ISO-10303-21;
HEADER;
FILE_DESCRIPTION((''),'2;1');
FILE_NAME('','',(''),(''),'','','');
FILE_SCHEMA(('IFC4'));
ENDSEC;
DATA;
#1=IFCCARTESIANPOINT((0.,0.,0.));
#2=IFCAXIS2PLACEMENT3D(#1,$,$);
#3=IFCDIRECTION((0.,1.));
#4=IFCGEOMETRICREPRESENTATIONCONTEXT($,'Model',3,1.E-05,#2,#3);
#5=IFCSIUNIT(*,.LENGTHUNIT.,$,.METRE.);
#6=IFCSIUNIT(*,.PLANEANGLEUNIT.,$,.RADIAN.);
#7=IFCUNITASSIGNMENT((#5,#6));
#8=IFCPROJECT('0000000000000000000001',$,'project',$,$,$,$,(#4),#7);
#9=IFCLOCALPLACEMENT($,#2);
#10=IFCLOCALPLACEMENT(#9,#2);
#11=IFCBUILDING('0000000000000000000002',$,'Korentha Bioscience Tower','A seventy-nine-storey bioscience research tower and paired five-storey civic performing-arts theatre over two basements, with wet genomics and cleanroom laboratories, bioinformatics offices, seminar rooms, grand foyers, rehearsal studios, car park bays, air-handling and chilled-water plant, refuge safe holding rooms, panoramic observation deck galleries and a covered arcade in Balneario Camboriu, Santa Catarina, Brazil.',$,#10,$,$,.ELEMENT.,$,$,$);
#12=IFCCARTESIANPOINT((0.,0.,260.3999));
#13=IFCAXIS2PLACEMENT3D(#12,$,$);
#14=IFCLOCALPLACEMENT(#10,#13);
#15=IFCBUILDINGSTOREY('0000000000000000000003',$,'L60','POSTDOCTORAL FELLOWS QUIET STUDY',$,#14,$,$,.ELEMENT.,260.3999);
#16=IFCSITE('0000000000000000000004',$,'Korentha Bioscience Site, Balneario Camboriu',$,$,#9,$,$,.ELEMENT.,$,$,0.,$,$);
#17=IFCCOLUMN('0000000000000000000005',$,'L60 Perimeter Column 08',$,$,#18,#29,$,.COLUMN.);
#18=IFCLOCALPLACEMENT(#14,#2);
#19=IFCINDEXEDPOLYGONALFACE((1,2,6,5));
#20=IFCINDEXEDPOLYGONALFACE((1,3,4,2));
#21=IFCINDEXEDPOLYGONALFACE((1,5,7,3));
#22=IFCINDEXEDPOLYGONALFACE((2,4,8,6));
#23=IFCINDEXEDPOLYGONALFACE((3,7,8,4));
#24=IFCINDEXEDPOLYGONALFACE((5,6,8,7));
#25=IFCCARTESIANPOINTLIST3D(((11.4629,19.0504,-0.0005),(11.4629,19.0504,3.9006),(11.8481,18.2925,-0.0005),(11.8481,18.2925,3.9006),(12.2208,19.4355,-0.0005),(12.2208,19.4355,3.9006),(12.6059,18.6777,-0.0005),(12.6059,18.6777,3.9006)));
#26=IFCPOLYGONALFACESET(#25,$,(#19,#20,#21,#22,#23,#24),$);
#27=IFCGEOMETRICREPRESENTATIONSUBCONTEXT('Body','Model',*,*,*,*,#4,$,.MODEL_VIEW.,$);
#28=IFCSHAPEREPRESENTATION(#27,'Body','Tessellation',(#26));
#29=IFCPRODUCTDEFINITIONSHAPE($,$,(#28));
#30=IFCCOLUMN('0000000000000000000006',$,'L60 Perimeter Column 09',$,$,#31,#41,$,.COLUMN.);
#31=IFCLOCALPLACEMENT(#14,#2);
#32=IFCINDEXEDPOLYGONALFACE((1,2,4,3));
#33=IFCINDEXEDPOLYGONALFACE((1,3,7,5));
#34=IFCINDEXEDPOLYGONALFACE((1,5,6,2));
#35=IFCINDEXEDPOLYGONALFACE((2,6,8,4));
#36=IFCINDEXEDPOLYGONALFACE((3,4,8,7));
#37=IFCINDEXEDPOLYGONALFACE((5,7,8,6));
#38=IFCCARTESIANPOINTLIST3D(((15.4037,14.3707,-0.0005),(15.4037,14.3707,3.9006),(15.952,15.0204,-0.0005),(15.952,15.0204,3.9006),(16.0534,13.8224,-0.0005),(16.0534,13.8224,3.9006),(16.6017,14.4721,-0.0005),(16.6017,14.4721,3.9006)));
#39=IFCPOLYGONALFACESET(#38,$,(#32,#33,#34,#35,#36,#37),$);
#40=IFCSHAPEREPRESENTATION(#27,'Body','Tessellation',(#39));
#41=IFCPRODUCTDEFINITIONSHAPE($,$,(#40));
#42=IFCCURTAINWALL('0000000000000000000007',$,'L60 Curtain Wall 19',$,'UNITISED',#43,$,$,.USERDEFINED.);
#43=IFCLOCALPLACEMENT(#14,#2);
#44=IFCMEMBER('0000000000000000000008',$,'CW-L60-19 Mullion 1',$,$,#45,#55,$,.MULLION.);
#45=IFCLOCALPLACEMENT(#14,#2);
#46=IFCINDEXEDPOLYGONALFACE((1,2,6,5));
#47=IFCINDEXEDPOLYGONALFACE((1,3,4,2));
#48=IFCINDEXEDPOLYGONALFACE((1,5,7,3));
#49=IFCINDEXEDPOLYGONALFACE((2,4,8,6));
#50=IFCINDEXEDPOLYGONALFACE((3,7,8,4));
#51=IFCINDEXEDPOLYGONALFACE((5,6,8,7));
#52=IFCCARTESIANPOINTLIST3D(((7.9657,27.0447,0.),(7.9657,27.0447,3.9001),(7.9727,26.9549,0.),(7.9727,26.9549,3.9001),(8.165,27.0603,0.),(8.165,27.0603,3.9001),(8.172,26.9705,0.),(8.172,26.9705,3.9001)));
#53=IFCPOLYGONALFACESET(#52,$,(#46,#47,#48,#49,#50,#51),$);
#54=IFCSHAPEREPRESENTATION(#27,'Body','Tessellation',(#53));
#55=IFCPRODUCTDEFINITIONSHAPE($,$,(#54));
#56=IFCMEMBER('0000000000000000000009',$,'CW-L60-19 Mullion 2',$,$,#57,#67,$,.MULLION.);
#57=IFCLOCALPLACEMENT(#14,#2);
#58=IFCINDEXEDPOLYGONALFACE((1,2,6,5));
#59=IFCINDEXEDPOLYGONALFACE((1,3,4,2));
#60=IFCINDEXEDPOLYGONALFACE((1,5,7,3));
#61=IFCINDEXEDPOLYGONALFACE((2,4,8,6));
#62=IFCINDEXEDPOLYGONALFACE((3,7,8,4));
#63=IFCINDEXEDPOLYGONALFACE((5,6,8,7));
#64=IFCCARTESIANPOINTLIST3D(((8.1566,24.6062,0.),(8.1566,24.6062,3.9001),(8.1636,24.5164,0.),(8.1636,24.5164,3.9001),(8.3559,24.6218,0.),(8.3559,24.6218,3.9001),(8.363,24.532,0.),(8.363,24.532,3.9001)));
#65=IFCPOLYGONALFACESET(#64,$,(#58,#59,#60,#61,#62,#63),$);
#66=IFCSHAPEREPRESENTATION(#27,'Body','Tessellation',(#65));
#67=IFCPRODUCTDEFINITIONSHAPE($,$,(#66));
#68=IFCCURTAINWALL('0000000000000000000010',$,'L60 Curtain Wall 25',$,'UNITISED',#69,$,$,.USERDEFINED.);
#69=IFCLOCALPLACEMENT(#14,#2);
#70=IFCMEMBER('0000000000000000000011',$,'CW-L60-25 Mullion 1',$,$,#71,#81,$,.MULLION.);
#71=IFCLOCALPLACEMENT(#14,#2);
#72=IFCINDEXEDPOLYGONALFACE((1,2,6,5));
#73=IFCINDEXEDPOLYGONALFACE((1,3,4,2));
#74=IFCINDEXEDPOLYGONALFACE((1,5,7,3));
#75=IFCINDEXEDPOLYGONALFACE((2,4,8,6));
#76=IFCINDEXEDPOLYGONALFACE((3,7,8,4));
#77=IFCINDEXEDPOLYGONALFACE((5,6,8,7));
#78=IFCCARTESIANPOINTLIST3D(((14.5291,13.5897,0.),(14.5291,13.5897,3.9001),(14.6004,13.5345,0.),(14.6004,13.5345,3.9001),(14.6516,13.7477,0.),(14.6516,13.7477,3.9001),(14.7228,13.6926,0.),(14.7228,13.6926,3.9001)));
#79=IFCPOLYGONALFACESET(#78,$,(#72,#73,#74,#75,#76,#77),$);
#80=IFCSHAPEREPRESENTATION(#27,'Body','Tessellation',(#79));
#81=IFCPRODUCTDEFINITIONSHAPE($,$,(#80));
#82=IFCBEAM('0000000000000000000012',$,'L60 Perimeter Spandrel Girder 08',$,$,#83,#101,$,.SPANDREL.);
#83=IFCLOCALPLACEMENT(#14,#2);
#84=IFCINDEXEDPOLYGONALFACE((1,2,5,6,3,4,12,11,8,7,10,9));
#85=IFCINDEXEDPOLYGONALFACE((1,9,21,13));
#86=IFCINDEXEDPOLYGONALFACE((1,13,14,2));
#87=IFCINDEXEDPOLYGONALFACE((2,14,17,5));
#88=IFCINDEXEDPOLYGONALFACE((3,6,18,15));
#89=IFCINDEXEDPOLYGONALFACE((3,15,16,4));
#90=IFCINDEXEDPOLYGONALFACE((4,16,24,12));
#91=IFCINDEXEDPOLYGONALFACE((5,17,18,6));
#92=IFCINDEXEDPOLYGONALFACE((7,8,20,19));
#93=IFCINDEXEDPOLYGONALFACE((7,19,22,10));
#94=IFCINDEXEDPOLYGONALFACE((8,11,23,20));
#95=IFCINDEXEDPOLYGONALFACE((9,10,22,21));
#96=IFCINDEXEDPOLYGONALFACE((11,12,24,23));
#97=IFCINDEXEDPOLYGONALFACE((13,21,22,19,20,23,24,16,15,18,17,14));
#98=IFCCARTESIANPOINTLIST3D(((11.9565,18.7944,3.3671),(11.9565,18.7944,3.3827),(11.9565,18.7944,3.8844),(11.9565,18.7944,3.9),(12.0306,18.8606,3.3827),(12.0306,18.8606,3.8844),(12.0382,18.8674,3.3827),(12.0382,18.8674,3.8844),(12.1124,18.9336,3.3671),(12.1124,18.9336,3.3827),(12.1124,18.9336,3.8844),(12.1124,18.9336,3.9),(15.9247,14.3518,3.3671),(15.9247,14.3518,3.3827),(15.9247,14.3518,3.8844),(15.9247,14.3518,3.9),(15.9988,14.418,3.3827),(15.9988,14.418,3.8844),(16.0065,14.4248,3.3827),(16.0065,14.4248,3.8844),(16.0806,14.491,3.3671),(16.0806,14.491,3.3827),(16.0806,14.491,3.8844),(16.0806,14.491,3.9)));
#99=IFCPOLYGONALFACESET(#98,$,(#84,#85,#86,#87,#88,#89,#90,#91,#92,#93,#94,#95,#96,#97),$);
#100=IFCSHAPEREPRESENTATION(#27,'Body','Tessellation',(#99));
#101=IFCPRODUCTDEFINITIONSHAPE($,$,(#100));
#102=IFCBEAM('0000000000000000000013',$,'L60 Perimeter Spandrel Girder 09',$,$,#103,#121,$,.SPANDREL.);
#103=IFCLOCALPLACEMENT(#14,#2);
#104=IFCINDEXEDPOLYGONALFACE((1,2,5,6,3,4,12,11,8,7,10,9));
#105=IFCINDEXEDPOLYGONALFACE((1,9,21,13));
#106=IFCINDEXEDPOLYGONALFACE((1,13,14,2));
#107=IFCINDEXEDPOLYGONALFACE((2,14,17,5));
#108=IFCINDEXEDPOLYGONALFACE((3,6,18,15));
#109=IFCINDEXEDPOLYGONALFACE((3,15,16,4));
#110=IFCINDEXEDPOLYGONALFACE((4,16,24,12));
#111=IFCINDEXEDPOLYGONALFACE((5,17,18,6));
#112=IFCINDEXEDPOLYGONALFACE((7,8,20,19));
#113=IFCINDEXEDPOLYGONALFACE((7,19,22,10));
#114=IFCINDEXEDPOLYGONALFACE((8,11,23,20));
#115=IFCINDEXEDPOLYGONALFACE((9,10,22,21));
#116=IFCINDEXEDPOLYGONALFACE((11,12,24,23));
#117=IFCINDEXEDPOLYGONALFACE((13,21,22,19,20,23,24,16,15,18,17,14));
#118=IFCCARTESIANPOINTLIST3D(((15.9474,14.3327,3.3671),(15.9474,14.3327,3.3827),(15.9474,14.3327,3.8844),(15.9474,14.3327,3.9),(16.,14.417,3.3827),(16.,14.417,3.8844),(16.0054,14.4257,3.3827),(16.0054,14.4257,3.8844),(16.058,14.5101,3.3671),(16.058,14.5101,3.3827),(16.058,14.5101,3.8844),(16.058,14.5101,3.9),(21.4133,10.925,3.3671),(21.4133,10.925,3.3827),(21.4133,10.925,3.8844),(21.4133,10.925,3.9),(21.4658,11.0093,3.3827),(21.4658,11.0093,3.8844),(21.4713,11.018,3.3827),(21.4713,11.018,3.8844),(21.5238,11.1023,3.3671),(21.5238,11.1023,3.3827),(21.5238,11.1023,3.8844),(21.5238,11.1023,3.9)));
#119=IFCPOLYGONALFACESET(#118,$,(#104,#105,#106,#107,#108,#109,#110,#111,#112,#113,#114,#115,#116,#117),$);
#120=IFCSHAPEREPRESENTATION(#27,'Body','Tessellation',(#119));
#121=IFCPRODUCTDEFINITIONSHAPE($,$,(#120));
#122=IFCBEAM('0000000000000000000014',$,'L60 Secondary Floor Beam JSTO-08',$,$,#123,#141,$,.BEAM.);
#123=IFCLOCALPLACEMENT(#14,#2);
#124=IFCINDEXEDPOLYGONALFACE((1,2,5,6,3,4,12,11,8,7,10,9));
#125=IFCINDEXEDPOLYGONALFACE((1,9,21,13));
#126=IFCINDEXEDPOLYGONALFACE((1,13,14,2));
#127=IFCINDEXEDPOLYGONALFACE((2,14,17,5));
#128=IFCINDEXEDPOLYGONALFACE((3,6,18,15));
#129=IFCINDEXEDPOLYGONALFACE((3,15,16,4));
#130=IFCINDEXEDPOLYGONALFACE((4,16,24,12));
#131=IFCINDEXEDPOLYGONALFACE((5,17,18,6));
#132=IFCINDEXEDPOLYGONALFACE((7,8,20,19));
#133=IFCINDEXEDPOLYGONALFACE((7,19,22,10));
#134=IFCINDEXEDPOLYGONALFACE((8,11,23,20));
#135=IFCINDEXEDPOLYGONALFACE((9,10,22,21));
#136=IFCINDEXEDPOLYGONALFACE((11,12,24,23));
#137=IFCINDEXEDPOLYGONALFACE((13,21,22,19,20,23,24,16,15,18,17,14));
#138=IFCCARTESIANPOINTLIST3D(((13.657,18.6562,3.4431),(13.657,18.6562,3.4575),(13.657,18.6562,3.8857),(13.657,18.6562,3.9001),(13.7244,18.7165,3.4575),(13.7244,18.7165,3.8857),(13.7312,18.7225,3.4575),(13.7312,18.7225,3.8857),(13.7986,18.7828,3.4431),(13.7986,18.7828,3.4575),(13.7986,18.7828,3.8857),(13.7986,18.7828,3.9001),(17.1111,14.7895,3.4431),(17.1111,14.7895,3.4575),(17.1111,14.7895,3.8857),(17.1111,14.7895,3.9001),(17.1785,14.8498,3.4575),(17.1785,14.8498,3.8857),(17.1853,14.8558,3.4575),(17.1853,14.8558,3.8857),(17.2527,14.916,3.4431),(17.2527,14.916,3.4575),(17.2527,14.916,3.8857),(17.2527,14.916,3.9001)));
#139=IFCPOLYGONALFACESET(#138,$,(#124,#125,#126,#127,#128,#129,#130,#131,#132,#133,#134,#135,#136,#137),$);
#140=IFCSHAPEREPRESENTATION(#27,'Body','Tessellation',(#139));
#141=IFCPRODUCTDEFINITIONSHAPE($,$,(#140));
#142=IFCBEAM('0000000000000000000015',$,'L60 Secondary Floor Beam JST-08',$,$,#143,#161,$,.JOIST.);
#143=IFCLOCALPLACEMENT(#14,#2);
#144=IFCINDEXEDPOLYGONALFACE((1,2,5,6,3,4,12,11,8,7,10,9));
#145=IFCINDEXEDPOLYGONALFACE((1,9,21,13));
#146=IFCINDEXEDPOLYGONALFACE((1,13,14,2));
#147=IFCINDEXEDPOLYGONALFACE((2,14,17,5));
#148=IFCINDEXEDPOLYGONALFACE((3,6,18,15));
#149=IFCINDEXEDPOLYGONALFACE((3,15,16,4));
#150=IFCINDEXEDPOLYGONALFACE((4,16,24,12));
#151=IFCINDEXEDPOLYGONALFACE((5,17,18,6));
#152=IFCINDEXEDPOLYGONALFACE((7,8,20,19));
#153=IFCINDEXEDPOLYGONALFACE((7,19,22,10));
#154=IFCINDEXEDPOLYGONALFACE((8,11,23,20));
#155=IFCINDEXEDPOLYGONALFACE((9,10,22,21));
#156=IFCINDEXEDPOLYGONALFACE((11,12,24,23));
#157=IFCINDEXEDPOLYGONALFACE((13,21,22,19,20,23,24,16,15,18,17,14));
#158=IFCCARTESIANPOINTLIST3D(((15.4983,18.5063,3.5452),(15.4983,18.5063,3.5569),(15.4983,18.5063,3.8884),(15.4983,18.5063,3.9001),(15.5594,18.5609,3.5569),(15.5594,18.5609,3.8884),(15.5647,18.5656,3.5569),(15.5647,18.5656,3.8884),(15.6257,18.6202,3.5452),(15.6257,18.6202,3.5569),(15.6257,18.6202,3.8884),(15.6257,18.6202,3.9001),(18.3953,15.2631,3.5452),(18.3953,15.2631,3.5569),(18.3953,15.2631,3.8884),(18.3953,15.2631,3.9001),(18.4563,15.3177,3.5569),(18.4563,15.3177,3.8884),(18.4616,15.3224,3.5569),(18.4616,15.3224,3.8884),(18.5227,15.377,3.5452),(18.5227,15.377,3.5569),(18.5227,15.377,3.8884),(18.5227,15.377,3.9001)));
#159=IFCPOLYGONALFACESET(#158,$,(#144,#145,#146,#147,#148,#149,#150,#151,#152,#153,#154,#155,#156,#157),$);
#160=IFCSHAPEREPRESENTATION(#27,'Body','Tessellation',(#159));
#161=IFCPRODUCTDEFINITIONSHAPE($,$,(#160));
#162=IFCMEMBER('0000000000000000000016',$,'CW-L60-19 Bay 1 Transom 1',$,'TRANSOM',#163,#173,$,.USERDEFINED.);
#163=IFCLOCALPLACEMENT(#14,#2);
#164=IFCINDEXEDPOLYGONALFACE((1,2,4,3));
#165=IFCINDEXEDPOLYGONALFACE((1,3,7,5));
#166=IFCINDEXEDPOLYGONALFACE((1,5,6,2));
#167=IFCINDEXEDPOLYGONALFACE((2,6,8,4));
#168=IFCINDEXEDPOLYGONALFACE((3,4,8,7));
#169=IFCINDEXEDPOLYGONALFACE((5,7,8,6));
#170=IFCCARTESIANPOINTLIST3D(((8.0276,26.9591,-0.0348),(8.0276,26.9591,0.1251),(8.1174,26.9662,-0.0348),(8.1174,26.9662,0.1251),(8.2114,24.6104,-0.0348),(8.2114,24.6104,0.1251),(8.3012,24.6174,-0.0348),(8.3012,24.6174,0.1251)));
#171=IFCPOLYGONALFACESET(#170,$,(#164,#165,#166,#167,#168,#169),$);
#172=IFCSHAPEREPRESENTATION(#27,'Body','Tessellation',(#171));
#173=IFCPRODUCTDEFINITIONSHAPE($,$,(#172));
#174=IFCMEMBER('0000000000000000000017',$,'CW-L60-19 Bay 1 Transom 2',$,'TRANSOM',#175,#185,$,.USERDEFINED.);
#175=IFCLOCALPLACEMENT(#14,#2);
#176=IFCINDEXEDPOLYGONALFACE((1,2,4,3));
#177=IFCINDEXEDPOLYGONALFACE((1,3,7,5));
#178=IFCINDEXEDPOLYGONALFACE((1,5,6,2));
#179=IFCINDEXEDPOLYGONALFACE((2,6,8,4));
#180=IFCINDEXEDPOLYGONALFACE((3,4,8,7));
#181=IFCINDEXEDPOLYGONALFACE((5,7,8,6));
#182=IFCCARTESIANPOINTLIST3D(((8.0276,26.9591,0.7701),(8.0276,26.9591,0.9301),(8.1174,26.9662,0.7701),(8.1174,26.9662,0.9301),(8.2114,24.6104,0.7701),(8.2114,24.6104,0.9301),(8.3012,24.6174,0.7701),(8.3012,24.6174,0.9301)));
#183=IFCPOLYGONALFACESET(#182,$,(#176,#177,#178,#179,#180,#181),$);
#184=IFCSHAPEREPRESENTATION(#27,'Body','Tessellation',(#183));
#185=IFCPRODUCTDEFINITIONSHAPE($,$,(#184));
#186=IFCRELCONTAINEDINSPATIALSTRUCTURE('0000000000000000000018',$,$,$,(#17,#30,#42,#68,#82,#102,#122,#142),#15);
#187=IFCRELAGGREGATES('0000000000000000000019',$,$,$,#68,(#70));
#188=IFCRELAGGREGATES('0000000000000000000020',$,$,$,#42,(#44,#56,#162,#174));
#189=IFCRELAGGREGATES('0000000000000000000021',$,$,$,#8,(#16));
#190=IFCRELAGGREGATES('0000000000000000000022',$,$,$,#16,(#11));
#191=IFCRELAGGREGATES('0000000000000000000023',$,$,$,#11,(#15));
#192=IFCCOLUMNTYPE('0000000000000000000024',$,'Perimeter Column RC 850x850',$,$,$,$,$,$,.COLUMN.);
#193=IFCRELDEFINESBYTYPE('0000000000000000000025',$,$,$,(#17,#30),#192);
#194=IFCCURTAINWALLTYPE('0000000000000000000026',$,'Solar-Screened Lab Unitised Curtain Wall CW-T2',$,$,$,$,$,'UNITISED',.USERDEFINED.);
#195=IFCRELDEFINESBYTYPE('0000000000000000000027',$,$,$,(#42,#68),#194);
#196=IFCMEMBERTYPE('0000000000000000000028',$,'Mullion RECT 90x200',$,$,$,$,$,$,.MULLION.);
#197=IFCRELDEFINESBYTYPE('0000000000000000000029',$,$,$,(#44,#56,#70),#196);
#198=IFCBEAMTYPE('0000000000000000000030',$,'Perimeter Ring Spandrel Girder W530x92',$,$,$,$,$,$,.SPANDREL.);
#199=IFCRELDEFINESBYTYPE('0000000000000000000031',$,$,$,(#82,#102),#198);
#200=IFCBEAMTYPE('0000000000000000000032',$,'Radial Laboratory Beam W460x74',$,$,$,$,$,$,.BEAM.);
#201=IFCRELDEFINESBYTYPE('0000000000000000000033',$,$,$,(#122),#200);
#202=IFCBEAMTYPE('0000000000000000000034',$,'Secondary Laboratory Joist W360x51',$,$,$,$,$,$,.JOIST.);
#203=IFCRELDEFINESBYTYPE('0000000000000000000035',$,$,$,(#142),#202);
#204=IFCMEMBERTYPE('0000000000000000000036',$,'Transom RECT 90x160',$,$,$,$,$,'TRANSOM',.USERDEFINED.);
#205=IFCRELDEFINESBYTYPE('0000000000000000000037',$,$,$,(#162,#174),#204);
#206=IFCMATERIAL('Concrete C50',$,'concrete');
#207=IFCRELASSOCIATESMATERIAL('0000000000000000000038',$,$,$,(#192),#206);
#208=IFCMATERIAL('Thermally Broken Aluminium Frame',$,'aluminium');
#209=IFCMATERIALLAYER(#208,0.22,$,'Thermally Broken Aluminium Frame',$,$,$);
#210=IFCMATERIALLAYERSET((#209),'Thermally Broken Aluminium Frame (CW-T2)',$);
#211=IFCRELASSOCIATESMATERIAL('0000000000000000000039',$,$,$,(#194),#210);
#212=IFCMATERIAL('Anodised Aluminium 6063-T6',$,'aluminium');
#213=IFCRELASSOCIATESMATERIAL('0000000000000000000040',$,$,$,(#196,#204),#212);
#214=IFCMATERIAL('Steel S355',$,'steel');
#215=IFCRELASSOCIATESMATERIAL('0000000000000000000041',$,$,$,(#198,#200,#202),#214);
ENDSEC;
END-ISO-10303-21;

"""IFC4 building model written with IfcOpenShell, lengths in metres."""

from ifc_helpers import new_model, si_unit, direction, frame, origin, origin_2d, place, context, subcontext, project, spatial, rectangle, i_section, extrude, material, layer, layer_set, material_profile, profile_set, type_object, element, aggregate, save


model = new_model("IFC4")

# Units and contexts
model_context = context("Model", 3, precision=1e-05, world=origin(), true_north=direction((0.0, 1.0)))
body_context = subcontext(model_context, "Body", "Model", "MODEL_VIEW")
ifc_project = project(units=[si_unit("LENGTHUNIT", "METRE"), si_unit("PLANEANGLEUNIT", "RADIAN")], contexts=[model_context])

# Site, building, storey
site_placement = place(None, origin())
site = spatial("IfcSite", under=ifc_project, at=site_placement, Name="Korentha Bioscience Site, Balneario Camboriu", CompositionType="ELEMENT", RefElevation=0.0)
building_placement = place(site_placement, origin())
building = spatial("IfcBuilding", under=site, at=building_placement, Name="Korentha Bioscience Tower", Description="A seventy-nine-storey bioscience research tower and paired five-storey civic performing-arts theatre over two basements, with wet genomics and cleanroom laboratories, bioinformatics offices, seminar rooms, grand foyers, rehearsal studios, car park bays, air-handling and chilled-water plant, refuge safe holding rooms, panoramic observation deck galleries and a covered arcade in Balneario Camboriu, Santa Catarina, Brazil.", CompositionType="ELEMENT")
storey_placement = place(building_placement, frame((0.0, 0.0, 260.3999)))
storey = spatial("IfcBuildingStorey", under=building, at=storey_placement, Name="L60", Description="POSTDOCTORAL FELLOWS QUIET STUDY", CompositionType="ELEMENT", Elevation=260.3999)

# Columns
ifc_material_1 = material(Name="Concrete C50", Category="concrete")
ifc_material_profile_1 = material_profile(ifc_material_1, rectangle(XDim=0.8501, YDim=0.8501, at=origin_2d()), Name="Concrete C50")
ifc_profile_set_1 = profile_set([ifc_material_profile_1], Name="Concrete C50 (COL-P08)")
column_type = type_object("IfcColumnType", Name="Perimeter Column RC 850x850", PredefinedType="COLUMN", material=ifc_profile_set_1)
for number, where, z_axis, x_axis, name in (
    (1, (12.0344, 18.864, -0.0005), (0.0, 0.0, 1.0), (-0.453057, 0.891481, 0.0), "L60 Perimeter Column 08"),
    (2, (16.0027, 14.4214, -0.0005), (0.0, 0.0, 1.0), (-0.764246, 0.644924, 0.0), "L60 Perimeter Column 09"),
):
    element("IfcColumn", number, at=place(storey_placement, frame(where, z_axis=z_axis, x_axis=x_axis)), inside=storey, type_object=column_type, Name=name, PredefinedType="COLUMN", context=body_context, shape_type="SweptSolid", body=[
        extrude(rectangle(XDim=0.8501, YDim=0.8501, at=origin_2d()), origin(), (0.0, 0.0, 1.0), 3.9011),
    ])

# Curtain wall, members
ifc_material_2 = material(Name="Thermally Broken Aluminium Frame", Category="aluminium")
ifc_layer_1 = layer(ifc_material_2, 0.22, Name="Thermally Broken Aluminium Frame")
ifc_layer_set_1 = layer_set([ifc_layer_1], Name="Thermally Broken Aluminium Frame (CW-T2)")
curtain_wall_type = type_object("IfcCurtainWallType", Name="Solar-Screened Lab Unitised Curtain Wall CW-T2", ElementType="UNITISED", PredefinedType="USERDEFINED", material=ifc_layer_set_1)
curtain_wall_1_placement = place(storey_placement, origin())
curtain_wall_1 = element("IfcCurtainWall", 3, at=curtain_wall_1_placement, inside=storey, type_object=curtain_wall_type, Name="L60 Curtain Wall 19", ObjectType="UNITISED", PredefinedType="USERDEFINED")
ifc_material_3 = material(Name="Anodised Aluminium 6063-T6", Category="aluminium")
ifc_material_profile_2 = material_profile(ifc_material_3, rectangle(XDim=0.0901, YDim=0.2, at=origin_2d()), Name="Anodised Aluminium 6063-T6")
ifc_profile_set_2 = profile_set([ifc_material_profile_2], Name="Anodised Aluminium 6063-T6 (CW-MUL)")
member_type_1 = type_object("IfcMemberType", Name="Mullion RECT 90x200", PredefinedType="MULLION", material=ifc_profile_set_2)
member_1_placement = place(storey_placement, frame((8.0688, 27.0076, 0.0), z_axis=(0.0, 0.0, 1.0), x_axis=(0.078035, -0.996951, 0.0)))
member_1 = element("IfcMember", 4, at=member_1_placement, type_object=member_type_1, Name="CW-L60-19 Mullion 1", PredefinedType="MULLION", context=body_context, shape_type="SweptSolid", body=[
    extrude(rectangle(XDim=0.0901, YDim=0.2, at=origin_2d()), origin(), (0.0, 0.0, 1.0), 3.9001),
])
member_2_placement = place(storey_placement, frame((8.2598, 24.5691, 0.0), z_axis=(0.0, 0.0, 1.0), x_axis=(0.078035, -0.996951, 0.0)))
member_2 = element("IfcMember", 5, at=member_2_placement, type_object=member_type_1, Name="CW-L60-19 Mullion 2", PredefinedType="MULLION", context=body_context, shape_type="SweptSolid", body=[
    extrude(rectangle(XDim=0.0901, YDim=0.2, at=origin_2d()), origin(), (0.0, 0.0, 1.0), 3.9001),
])

# Curtain wall, member
curtain_wall_2_placement = place(storey_placement, origin())
curtain_wall_2 = element("IfcCurtainWall", 6, at=curtain_wall_2_placement, inside=storey, type_object=curtain_wall_type, Name="L60 Curtain Wall 25", ObjectType="UNITISED", PredefinedType="USERDEFINED")
member_3_placement = place(storey_placement, frame((14.626, 13.6411, 0.0), z_axis=(0.0, 0.0, 1.0), x_axis=(0.790488, -0.612478, 0.0)))
member_3 = element("IfcMember", 7, at=member_3_placement, type_object=member_type_1, Name="CW-L60-25 Mullion 1", PredefinedType="MULLION", context=body_context, shape_type="SweptSolid", body=[
    extrude(rectangle(XDim=0.0901, YDim=0.2, at=origin_2d()), origin(), (0.0, 0.0, 1.0), 3.9001),
])

# Beams
ifc_material_4 = material(Name="Steel S355", Category="steel")
ifc_material_profile_3 = material_profile(ifc_material_4, i_section(OverallWidth=0.209, OverallDepth=0.533, WebThickness=0.0103, FlangeThickness=0.0156, at=origin_2d()), Name="Steel S355")
ifc_profile_set_3 = profile_set([ifc_material_profile_3], Name="Steel S355 (SB-530)")
beam_type_1 = type_object("IfcBeamType", Name="Perimeter Ring Spandrel Girder W530x92", PredefinedType="SPANDREL", material=ifc_profile_set_3)
beam_1_placement = place(storey_placement, frame((12.0344, 18.864, 3.6335), z_axis=(0.666168, -0.745802, 0.0), x_axis=(0.745802, 0.666168, 0.0)))
element("IfcBeam", 8, at=beam_1_placement, inside=storey, type_object=beam_type_1, Name="L60 Perimeter Spandrel Girder 08", PredefinedType="SPANDREL", context=body_context, shape_type="SweptSolid", body=[
    extrude(i_section(OverallWidth=0.209, OverallDepth=0.533, WebThickness=0.0103, FlangeThickness=0.0156, at=origin_2d()), origin(), (0.0, 0.0, 1.0), 5.9568),
])
beam_2_placement = place(storey_placement, frame((16.0027, 14.4214, 3.6335), z_axis=(0.848586, -0.529058, 0.0), x_axis=(0.529058, 0.848586, 0.0)))
element("IfcBeam", 9, at=beam_2_placement, inside=storey, type_object=beam_type_1, Name="L60 Perimeter Spandrel Girder 09", PredefinedType="SPANDREL", context=body_context, shape_type="SweptSolid", body=[
    extrude(i_section(OverallWidth=0.209, OverallDepth=0.533, WebThickness=0.0103, FlangeThickness=0.0156, at=origin_2d()), origin(), (0.0, 0.0, 1.0), 6.4412),
])
ifc_material_profile_4 = material_profile(ifc_material_4, i_section(OverallWidth=0.1899, OverallDepth=0.457, WebThickness=0.009, FlangeThickness=0.0144, at=origin_2d()), Name="Steel S355")
ifc_profile_set_4 = profile_set([ifc_material_profile_4], Name="Steel S355 (RB-460)")
beam_type_2 = type_object("IfcBeamType", Name="Radial Laboratory Beam W460x74", PredefinedType="BEAM", material=ifc_profile_set_4)
beam_3_placement = place(storey_placement, frame((13.7278, 18.7195, 3.6716), z_axis=(0.666197, -0.745776, 0.0), x_axis=(0.745776, 0.666197, 0.0)))
element("IfcBeam", 10, at=beam_3_placement, inside=storey, type_object=beam_type_2, Name="L60 Secondary Floor Beam JSTO-08", PredefinedType="BEAM", context=body_context, shape_type="SweptSolid", body=[
    extrude(i_section(OverallWidth=0.1899, OverallDepth=0.457, WebThickness=0.009, FlangeThickness=0.0144, at=origin_2d()), origin(), (0.0, 0.0, 1.0), 5.1848),
])
ifc_material_profile_5 = material_profile(ifc_material_4, i_section(OverallWidth=0.1709, OverallDepth=0.355, WebThickness=0.0071, FlangeThickness=0.0117, at=origin_2d()), Name="Steel S355")
ifc_profile_set_5 = profile_set([ifc_material_profile_5], Name="Steel S355 (JB-360)")
beam_type_3 = type_object("IfcBeamType", Name="Secondary Laboratory Joist W360x51", PredefinedType="JOIST", material=ifc_profile_set_5)
beam_4_placement = place(storey_placement, frame((15.562, 18.5632, 3.7227), z_axis=(0.666181, -0.74579, 0.0), x_axis=(0.74579, 0.666181, 0.0)))
element("IfcBeam", 11, at=beam_4_placement, inside=storey, type_object=beam_type_3, Name="L60 Secondary Floor Beam JST-08", PredefinedType="JOIST", context=body_context, shape_type="SweptSolid", body=[
    extrude(i_section(OverallWidth=0.1709, OverallDepth=0.355, WebThickness=0.0071, FlangeThickness=0.0117, at=origin_2d()), origin(), (0.0, 0.0, 1.0), 4.3486),
])

# Members
ifc_material_profile_6 = material_profile(ifc_material_3, rectangle(XDim=0.0901, YDim=0.1599, at=origin_2d()), Name="Anodised Aluminium 6063-T6")
ifc_profile_set_6 = profile_set([ifc_material_profile_6], Name="Anodised Aluminium 6063-T6 (CW-TRN)")
member_type_2 = type_object("IfcMemberType", Name="Transom RECT 90x160", ElementType="TRANSOM", PredefinedType="USERDEFINED", material=ifc_profile_set_6)
member_4_placement = place(storey_placement, frame((8.0725, 26.9626, 0.0452), z_axis=(0.078028, -0.996951, 0.0), x_axis=(0.996951, 0.078028, 0.0)))
member_4 = element("IfcMember", 12, at=member_4_placement, type_object=member_type_2, Name="CW-L60-19 Bay 1 Transom 1", ObjectType="TRANSOM", PredefinedType="USERDEFINED", context=body_context, shape_type="SweptSolid", body=[
    extrude(rectangle(XDim=0.0901, YDim=0.1599, at=origin_2d()), origin(), (0.0, 0.0, 1.0), 2.356),
])
member_5_placement = place(storey_placement, frame((8.0725, 26.9626, 0.8501), z_axis=(0.078028, -0.996951, 0.0), x_axis=(0.996951, 0.078028, 0.0)))
member_5 = element("IfcMember", 13, at=member_5_placement, type_object=member_type_2, Name="CW-L60-19 Bay 1 Transom 2", ObjectType="TRANSOM", PredefinedType="USERDEFINED", context=body_context, shape_type="SweptSolid", body=[
    extrude(rectangle(XDim=0.0901, YDim=0.1599, at=origin_2d()), origin(), (0.0, 0.0, 1.0), 2.356),
])
aggregate(curtain_wall_2, [member_3])

aggregate(curtain_wall_1, [member_1, member_2, member_4, member_5])

save(model, "model.ifc")
